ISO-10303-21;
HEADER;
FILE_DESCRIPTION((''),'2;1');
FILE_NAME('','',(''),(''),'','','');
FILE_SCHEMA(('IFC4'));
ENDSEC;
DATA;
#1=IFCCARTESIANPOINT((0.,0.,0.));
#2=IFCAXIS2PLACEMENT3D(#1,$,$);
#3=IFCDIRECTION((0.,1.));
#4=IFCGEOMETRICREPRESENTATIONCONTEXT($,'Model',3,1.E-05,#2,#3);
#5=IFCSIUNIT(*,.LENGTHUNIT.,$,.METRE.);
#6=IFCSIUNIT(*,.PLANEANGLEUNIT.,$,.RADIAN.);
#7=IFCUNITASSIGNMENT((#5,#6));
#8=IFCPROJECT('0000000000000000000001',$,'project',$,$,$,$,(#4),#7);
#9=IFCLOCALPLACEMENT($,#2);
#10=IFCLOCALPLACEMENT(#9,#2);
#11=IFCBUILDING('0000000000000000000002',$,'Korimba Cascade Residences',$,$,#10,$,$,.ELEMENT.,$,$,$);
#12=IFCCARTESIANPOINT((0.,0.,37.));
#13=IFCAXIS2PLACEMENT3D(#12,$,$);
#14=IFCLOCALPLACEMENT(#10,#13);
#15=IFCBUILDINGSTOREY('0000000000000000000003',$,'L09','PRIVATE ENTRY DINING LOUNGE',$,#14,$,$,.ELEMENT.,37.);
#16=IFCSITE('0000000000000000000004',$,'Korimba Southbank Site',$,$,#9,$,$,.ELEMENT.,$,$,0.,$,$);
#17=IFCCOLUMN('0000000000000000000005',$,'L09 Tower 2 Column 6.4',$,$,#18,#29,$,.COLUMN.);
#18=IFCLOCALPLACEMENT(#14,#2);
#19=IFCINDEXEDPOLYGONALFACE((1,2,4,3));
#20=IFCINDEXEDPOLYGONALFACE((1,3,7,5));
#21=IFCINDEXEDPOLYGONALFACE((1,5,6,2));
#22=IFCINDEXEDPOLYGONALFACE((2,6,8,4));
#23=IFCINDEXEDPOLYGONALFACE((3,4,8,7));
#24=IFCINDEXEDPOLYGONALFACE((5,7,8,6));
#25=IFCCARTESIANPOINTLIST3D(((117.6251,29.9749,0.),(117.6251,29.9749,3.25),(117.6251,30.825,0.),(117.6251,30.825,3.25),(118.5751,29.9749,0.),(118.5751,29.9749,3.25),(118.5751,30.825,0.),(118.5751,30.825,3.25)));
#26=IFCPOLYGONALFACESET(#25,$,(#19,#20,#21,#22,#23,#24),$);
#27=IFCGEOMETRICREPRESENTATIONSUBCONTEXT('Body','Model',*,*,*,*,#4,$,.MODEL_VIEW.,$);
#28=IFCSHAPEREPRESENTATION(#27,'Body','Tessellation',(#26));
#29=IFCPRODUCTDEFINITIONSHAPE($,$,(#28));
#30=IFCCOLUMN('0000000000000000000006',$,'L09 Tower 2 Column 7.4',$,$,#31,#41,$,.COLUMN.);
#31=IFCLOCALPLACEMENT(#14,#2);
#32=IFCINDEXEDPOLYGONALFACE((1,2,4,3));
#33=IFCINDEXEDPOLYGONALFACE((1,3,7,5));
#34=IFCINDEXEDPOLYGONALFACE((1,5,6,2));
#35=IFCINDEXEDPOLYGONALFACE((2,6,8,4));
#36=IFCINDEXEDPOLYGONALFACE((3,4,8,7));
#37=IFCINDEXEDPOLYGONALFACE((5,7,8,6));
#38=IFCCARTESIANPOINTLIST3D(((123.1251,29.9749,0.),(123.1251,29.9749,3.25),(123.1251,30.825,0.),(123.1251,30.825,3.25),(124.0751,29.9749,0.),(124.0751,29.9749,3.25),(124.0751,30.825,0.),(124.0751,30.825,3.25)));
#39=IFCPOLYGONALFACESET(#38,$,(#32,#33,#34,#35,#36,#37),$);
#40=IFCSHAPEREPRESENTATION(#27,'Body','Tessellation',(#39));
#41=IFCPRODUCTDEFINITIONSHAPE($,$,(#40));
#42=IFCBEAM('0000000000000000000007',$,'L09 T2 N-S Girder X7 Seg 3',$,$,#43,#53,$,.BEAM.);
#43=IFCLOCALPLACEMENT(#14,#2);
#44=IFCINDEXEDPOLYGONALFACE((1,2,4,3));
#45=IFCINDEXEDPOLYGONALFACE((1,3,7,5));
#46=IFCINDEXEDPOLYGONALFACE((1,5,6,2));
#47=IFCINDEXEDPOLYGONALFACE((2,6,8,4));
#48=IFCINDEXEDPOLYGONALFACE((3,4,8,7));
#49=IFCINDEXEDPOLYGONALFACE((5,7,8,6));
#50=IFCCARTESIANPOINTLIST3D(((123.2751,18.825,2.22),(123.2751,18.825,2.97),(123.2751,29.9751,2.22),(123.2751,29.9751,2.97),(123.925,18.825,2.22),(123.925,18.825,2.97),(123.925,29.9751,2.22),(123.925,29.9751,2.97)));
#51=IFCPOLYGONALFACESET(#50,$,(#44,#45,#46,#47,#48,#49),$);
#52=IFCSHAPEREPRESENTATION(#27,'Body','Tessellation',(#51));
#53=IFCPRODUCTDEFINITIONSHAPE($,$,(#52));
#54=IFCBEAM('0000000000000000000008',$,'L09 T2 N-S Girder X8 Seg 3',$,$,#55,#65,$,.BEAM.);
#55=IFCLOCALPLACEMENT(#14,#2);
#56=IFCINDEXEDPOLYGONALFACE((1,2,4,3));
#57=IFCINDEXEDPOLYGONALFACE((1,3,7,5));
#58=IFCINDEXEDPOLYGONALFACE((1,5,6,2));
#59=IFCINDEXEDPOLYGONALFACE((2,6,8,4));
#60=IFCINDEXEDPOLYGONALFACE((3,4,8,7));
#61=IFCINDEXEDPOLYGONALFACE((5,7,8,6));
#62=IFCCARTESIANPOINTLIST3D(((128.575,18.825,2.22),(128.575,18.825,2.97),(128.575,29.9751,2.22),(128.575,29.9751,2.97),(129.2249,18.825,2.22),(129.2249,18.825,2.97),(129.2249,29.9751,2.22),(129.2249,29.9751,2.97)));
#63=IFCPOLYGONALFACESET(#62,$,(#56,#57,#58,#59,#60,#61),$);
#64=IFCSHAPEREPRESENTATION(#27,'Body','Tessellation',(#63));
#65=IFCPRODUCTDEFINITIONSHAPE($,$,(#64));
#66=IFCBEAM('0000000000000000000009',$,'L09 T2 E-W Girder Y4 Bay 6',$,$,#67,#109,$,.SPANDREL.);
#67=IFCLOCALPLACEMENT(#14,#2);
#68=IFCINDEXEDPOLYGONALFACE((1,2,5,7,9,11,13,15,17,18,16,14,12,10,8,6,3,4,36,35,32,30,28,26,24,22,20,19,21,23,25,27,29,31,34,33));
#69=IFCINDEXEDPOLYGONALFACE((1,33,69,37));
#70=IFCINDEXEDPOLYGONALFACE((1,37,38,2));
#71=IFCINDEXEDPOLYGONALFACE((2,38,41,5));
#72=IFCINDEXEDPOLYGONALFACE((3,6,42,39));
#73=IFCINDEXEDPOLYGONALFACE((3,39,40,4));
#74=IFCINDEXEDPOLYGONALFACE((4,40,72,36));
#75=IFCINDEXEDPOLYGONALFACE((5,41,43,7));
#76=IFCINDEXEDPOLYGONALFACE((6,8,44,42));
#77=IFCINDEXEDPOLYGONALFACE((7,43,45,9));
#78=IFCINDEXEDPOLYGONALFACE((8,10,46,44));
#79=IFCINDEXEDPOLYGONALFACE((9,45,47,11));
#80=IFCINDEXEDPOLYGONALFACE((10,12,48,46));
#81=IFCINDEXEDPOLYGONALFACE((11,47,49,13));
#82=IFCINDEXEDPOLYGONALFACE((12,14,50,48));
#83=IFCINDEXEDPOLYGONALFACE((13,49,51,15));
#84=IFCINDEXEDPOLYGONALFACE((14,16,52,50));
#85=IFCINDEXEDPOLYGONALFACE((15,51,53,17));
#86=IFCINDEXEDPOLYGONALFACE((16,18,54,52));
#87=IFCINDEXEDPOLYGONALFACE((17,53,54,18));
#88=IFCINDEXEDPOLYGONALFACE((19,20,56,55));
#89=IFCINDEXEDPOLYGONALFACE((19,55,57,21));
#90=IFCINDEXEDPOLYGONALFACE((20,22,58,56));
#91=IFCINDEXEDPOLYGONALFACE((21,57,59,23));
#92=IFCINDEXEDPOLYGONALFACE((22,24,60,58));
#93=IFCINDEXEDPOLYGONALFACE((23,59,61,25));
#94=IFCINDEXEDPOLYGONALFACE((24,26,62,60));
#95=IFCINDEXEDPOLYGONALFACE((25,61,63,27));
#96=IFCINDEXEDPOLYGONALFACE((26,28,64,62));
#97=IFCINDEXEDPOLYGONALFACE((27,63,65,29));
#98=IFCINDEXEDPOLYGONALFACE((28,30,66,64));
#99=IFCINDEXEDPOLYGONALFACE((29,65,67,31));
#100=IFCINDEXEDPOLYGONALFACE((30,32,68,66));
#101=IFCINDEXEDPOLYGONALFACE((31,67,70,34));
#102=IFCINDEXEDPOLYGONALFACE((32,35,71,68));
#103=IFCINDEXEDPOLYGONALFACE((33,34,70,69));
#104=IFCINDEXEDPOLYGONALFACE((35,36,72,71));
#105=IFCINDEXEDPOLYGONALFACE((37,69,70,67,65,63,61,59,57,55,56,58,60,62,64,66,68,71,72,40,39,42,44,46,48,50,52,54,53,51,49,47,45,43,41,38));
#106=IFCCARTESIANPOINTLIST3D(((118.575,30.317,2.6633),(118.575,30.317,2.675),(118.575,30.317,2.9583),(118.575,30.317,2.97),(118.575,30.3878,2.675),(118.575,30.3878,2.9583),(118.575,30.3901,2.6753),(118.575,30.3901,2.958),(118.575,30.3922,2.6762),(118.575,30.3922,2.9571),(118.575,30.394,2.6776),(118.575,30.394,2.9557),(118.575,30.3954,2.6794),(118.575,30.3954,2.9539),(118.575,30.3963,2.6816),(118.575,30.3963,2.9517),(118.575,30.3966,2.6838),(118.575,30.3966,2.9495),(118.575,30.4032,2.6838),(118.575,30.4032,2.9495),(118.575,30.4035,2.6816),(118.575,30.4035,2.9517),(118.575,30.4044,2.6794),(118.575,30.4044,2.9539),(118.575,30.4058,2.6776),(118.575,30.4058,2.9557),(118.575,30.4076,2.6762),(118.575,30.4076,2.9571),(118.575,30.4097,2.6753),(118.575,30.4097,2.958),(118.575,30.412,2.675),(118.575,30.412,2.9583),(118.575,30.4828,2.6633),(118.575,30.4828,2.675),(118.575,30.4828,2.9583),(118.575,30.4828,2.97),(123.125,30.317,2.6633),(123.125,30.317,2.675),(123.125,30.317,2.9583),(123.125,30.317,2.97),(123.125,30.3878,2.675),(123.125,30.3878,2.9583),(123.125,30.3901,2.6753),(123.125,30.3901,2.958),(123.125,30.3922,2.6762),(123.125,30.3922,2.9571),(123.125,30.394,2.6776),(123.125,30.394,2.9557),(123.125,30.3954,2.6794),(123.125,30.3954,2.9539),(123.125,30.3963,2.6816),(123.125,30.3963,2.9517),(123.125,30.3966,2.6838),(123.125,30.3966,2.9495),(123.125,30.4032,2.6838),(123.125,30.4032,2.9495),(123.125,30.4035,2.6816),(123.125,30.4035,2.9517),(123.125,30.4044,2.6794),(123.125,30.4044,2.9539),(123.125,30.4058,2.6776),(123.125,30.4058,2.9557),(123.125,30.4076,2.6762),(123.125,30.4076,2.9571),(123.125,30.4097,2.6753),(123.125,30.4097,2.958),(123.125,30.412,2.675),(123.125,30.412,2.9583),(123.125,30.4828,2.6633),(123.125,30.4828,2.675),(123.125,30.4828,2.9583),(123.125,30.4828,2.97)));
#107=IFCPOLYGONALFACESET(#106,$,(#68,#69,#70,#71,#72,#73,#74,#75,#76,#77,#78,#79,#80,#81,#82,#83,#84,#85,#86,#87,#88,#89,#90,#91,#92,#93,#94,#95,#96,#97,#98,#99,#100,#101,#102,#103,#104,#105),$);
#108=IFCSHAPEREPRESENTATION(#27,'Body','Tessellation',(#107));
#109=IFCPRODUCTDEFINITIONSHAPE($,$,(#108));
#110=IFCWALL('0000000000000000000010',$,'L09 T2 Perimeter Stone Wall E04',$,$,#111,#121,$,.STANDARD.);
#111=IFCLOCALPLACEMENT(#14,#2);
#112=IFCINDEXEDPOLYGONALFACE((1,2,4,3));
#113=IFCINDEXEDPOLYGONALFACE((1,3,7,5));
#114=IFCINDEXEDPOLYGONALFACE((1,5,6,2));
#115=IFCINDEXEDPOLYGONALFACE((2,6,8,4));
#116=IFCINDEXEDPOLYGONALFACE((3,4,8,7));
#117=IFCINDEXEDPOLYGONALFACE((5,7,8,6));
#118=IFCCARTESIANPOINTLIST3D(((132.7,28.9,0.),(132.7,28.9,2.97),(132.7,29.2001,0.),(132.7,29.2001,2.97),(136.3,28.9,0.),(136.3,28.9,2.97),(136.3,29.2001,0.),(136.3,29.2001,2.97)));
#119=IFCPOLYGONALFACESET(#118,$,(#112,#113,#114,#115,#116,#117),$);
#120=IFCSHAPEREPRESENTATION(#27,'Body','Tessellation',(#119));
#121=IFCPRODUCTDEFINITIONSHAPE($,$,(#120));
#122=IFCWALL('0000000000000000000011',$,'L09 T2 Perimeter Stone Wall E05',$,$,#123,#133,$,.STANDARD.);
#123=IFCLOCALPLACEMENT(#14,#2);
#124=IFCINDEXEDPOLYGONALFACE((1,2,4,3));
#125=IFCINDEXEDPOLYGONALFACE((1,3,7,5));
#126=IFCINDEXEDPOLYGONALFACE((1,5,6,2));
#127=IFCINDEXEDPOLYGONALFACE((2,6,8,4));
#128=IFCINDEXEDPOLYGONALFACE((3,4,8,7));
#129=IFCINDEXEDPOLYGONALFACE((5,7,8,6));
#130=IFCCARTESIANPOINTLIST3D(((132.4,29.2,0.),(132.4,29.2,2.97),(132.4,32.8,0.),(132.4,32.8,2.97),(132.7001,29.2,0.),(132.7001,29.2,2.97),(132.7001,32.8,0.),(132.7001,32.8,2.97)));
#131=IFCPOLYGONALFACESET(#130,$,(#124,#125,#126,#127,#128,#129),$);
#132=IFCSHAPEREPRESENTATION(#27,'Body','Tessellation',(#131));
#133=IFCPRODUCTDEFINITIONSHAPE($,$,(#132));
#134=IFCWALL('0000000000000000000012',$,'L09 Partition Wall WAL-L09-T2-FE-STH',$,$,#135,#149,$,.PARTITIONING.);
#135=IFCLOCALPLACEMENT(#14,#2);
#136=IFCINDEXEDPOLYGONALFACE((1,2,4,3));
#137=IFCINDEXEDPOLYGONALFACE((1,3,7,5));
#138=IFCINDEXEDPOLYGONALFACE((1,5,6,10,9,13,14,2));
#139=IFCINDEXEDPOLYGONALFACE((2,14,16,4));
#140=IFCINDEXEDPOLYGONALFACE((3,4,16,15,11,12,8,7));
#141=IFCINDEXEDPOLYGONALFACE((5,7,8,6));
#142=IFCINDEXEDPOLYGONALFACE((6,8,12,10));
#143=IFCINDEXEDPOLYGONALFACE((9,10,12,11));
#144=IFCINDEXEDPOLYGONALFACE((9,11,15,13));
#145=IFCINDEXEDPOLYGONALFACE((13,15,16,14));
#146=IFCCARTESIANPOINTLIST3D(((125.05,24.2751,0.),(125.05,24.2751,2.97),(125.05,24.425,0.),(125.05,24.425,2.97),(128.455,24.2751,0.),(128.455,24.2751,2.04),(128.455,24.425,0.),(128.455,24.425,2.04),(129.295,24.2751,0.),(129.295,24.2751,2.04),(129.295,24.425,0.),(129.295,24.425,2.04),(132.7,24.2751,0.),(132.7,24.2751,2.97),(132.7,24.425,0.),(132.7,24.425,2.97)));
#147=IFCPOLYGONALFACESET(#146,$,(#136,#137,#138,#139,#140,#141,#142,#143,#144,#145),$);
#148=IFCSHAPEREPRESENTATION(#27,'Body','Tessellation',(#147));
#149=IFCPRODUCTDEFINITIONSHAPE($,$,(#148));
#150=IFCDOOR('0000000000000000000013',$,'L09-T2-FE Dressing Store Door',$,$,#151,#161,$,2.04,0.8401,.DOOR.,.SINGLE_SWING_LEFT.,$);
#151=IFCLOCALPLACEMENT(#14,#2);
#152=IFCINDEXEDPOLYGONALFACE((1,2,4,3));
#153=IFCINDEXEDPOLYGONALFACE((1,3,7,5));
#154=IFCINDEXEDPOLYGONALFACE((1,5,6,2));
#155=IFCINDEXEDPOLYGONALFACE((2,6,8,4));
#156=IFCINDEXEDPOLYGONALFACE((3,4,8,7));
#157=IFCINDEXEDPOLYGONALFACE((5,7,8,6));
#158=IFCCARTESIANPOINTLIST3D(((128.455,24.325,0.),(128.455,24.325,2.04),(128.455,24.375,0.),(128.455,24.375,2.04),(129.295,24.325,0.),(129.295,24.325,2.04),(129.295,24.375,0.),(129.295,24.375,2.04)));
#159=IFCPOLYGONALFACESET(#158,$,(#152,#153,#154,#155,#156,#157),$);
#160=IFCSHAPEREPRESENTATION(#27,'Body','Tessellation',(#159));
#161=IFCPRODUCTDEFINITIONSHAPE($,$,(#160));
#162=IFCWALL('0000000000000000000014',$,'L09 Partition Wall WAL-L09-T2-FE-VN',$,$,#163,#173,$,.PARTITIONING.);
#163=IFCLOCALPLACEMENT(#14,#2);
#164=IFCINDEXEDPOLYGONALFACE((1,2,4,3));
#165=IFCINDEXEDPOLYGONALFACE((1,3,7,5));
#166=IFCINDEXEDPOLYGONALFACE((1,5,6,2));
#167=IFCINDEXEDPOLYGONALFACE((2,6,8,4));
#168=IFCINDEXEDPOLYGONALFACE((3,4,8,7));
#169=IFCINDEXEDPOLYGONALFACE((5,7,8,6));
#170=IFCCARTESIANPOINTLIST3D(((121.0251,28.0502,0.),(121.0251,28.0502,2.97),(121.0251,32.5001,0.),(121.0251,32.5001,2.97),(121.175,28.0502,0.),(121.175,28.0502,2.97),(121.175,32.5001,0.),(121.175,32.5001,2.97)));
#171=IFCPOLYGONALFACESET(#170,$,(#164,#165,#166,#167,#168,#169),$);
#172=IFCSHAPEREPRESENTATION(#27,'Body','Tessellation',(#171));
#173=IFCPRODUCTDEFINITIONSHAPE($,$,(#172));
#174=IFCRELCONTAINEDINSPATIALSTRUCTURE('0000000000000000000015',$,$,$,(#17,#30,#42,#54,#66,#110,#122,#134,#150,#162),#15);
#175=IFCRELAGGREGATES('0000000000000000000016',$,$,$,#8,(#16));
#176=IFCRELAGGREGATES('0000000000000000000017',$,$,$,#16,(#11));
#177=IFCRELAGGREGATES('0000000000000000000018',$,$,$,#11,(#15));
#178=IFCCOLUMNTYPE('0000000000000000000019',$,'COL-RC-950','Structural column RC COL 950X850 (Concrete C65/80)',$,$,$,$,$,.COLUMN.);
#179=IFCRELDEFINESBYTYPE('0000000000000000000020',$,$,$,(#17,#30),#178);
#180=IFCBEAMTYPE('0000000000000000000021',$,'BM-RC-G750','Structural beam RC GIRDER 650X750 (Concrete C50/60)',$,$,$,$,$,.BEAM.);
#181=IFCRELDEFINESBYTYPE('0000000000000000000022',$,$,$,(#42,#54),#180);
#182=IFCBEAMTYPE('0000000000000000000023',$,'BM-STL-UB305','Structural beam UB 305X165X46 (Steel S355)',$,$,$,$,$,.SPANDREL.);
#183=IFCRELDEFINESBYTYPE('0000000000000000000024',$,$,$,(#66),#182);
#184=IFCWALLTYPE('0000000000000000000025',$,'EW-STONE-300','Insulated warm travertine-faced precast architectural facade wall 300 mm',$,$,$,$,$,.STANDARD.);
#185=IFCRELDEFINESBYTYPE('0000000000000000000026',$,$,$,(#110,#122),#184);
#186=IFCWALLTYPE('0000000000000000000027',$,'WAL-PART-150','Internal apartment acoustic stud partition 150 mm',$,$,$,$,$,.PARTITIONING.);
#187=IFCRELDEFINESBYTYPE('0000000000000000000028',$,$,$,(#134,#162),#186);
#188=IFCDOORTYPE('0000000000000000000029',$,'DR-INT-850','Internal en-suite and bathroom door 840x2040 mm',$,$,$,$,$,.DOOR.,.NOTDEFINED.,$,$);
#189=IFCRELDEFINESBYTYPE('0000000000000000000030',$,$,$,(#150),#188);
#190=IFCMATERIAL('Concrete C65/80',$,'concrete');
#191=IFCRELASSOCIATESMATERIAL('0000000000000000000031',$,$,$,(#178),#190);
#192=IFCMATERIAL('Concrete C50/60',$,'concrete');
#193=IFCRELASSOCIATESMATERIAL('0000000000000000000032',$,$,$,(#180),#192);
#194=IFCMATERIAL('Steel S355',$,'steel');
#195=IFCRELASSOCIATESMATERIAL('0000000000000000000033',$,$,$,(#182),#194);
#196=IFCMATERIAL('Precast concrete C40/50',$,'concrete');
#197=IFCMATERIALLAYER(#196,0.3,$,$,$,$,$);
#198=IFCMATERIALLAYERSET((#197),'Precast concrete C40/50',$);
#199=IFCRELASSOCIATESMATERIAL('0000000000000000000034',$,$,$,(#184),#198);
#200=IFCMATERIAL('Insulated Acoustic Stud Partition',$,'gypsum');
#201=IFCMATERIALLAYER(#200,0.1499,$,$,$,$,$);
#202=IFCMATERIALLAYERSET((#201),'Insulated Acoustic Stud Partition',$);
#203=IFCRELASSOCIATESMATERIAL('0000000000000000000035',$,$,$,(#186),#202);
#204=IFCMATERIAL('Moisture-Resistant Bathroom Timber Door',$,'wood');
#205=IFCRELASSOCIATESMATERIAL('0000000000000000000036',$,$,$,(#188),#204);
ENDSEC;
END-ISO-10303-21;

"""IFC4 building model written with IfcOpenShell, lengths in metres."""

from ifc_helpers import new_model, si_unit, direction, frame, frame_2d, origin, origin_2d, place, context, subcontext, project, spatial, rectangle, i_section, extrude, material, layer, layer_set, material_profile, profile_set, type_object, element, fill, save


model = new_model("IFC4")

# Units and contexts
model_context = context("Model", 3, precision=1e-05, world=origin(), true_north=direction((0.0, 1.0)))
body_context = subcontext(model_context, "Body", "Model", "MODEL_VIEW")
ifc_project = project(units=[si_unit("LENGTHUNIT", "METRE"), si_unit("PLANEANGLEUNIT", "RADIAN")], contexts=[model_context])

# Site, building, storey
site_placement = place(None, origin())
site = spatial("IfcSite", under=ifc_project, at=site_placement, Name="Korimba Southbank Site", CompositionType="ELEMENT", RefElevation=0.0)
building_placement = place(site_placement, origin())
building = spatial("IfcBuilding", under=site, at=building_placement, Name="Korimba Cascade Residences", CompositionType="ELEMENT")
storey_placement = place(building_placement, frame((0.0, 0.0, 37.0)))
storey = spatial("IfcBuildingStorey", under=building, at=storey_placement, Name="L09", Description="PRIVATE ENTRY DINING LOUNGE", CompositionType="ELEMENT", Elevation=37.0)

# Columns
ifc_material_1 = material(Name="Concrete C65/80", Category="concrete")
ifc_material_profile_1 = material_profile(ifc_material_1, rectangle(XDim=0.95, YDim=0.8501, at=origin_2d()), Name="Concrete C65/80")
ifc_profile_set_1 = profile_set([ifc_material_profile_1], Name="Concrete C65/80")
column_type = type_object("IfcColumnType", Name="COL-RC-950", Description="Structural column RC COL 950X850 (Concrete C65/80)", PredefinedType="COLUMN", material=ifc_profile_set_1)
for number, where, z_axis, x_axis, name in (
    (1, (118.1001, 30.3999, 0.0), (0.0, 0.0, 1.0), (1.0, 0.0, 0.0), "L09 Tower 2 Column 6.4"),
    (2, (123.6001, 30.3999, 0.0), (0.0, 0.0, 1.0), (1.0, 0.0, 0.0), "L09 Tower 2 Column 7.4"),
):
    element("IfcColumn", number, at=place(storey_placement, frame(where, z_axis=z_axis, x_axis=x_axis)), inside=storey, type_object=column_type, Name=name, PredefinedType="COLUMN", context=body_context, shape_type="SweptSolid", body=[
        extrude(rectangle(XDim=0.95, YDim=0.8501, at=origin_2d()), origin(), (0.0, 0.0, 1.0), 3.25),
    ])

# Beams
ifc_material_2 = material(Name="Concrete C50/60", Category="concrete")
ifc_material_profile_2 = material_profile(ifc_material_2, rectangle(XDim=0.6499, YDim=0.75, at=origin_2d()), Name="Concrete C50/60")
ifc_profile_set_2 = profile_set([ifc_material_profile_2], Name="Concrete C50/60")
beam_type_1 = type_object("IfcBeamType", Name="BM-RC-G750", Description="Structural beam RC GIRDER 650X750 (Concrete C50/60)", PredefinedType="BEAM", material=ifc_profile_set_2)
for number, where, z_axis, x_axis, name in (
    (3, (123.6001, 18.825, 2.595), (0.0, 1.0, 0.0), (-1.0, 0.0, 0.0), "L09 T2 N-S Girder X7 Seg 3"),
    (4, (128.8999, 18.825, 2.595), (0.0, 1.0, 0.0), (-1.0, 0.0, 0.0), "L09 T2 N-S Girder X8 Seg 3"),
):
    element("IfcBeam", number, at=place(storey_placement, frame(where, z_axis=z_axis, x_axis=x_axis)), inside=storey, type_object=beam_type_1, Name=name, PredefinedType="BEAM", context=body_context, shape_type="SweptSolid", body=[
        extrude(rectangle(XDim=0.6499, YDim=0.75, at=origin_2d()), origin(), (0.0, 0.0, 1.0), 11.1501),
    ])
ifc_material_3 = material(Name="Steel S355", Category="steel")
ifc_material_profile_3 = material_profile(ifc_material_3, i_section(OverallWidth=0.1658, OverallDepth=0.3066, WebThickness=0.0066, FlangeThickness=0.0117, FilletRadius=0.0088, at=origin_2d()), Name="Steel S355")
ifc_profile_set_3 = profile_set([ifc_material_profile_3], Name="Steel S355")
beam_type_2 = type_object("IfcBeamType", Name="BM-STL-UB305", Description="Structural beam UB 305X165X46 (Steel S355)", PredefinedType="SPANDREL", material=ifc_profile_set_3)
beam_placement = place(storey_placement, frame((118.575, 30.3999, 2.8167), z_axis=(1.0, 0.0, 0.0), x_axis=(0.0, 1.0, 0.0)))
element("IfcBeam", 5, at=beam_placement, inside=storey, type_object=beam_type_2, Name="L09 T2 E-W Girder Y4 Bay 6", PredefinedType="SPANDREL", context=body_context, shape_type="SweptSolid", body=[
    extrude(i_section(OverallWidth=0.1658, OverallDepth=0.3066, WebThickness=0.0066, FlangeThickness=0.0117, FilletRadius=0.0088, at=origin_2d()), origin(), (0.0, 0.0, 1.0), 4.55),
])

# Walls
ifc_material_4 = material(Name="Precast concrete C40/50", Category="concrete")
ifc_layer_1 = layer(ifc_material_4, 0.3)
ifc_layer_set_1 = layer_set([ifc_layer_1], Name="Precast concrete C40/50")
wall_type_1 = type_object("IfcWallType", Name="EW-STONE-300", Description="Insulated warm travertine-faced precast architectural facade wall 300 mm", PredefinedType="STANDARD", material=ifc_layer_set_1)
for number, where, z_axis, x_axis, name in (
    (6, (136.3, 29.05, 0.0), (0.0, 0.0, 1.0), (-1.0, 0.0, 0.0), "L09 T2 Perimeter Stone Wall E04"),
    (7, (132.55, 29.2, 0.0), (0.0, 0.0, 1.0), (0.0, 1.0, 0.0), "L09 T2 Perimeter Stone Wall E05"),
):
    element("IfcWall", number, at=place(storey_placement, frame(where, z_axis=z_axis, x_axis=x_axis)), inside=storey, type_object=wall_type_1, Name=name, PredefinedType="STANDARD", context=body_context, shape_type="SweptSolid", body=[
        extrude(rectangle(XDim=3.6001, YDim=0.3, at=frame_2d((1.8, 0.0))), origin(), (0.0, 0.0, 1.0), 2.97),
    ])

# Wall, opening, door
ifc_material_5 = material(Name="Insulated Acoustic Stud Partition", Category="gypsum")
ifc_layer_2 = layer(ifc_material_5, 0.1499)
ifc_layer_set_2 = layer_set([ifc_layer_2], Name="Insulated Acoustic Stud Partition")
wall_type_2 = type_object("IfcWallType", Name="WAL-PART-150", Description="Internal apartment acoustic stud partition 150 mm", PredefinedType="PARTITIONING", material=ifc_layer_set_2)
wall_1_placement = place(storey_placement, frame((125.05, 24.3501, 0.0), z_axis=(0.0, 0.0, 1.0), x_axis=(1.0, 0.0, 0.0)))
wall_1 = element("IfcWall", 8, at=wall_1_placement, inside=storey, type_object=wall_type_2, Name="L09 Partition Wall WAL-L09-T2-FE-STH", PredefinedType="PARTITIONING", context=body_context, shape_type="SweptSolid", body=[
    extrude(rectangle(XDim=7.6499, YDim=0.1499, at=frame_2d((3.825, 0.0))), origin(), (0.0, 0.0, 1.0), 2.97),
])
opening_1_placement = place(wall_1_placement, frame((3.405, 0.0, 0.0)))
opening_1 = element("IfcOpeningElement", 9, at=opening_1_placement, cuts=wall_1, PredefinedType="OPENING", context=body_context, shape_type="SweptSolid", body=[
    extrude(rectangle(XDim=0.8401, YDim=2.04, at=frame_2d((0.4199, 1.02))), frame((0.0, 0.085, 0.0), z_axis=(0.0, -1.0, 0.0), x_axis=(1.0, 0.0, 0.0)), (0.0, 0.0, 1.0), 0.1699),
])
ifc_material_6 = material(Name="Moisture-Resistant Bathroom Timber Door", Category="wood")
door_type_1 = type_object("IfcDoorType", Name="DR-INT-850", Description="Internal en-suite and bathroom door 840x2040 mm", OperationType="NOTDEFINED", PredefinedType="DOOR", material=ifc_material_6)
door_1_placement = place(opening_1_placement, origin())
door_1 = element("IfcDoor", 10, at=door_1_placement, inside=storey, type_object=door_type_1, Name="L09-T2-FE Dressing Store Door", OperationType="SINGLE_SWING_LEFT", OverallHeight=2.04, OverallWidth=0.8401, PredefinedType="DOOR", context=body_context, shape_type="SweptSolid", body=[
    extrude(rectangle(XDim=0.8401, YDim=2.04, at=frame_2d((0.4199, 1.02))), frame((0.0, 0.0249, 0.0), z_axis=(0.0, -1.0, 0.0), x_axis=(1.0, 0.0, 0.0)), (0.0, 0.0, 1.0), 0.05),
])
fill(opening_1, door_1)

# Wall
wall_2_placement = place(storey_placement, frame((121.1001, 28.05, 0.0), z_axis=(0.0, 0.0, 1.0), x_axis=(0.0, 1.0, 0.0)))
element("IfcWall", 11, at=wall_2_placement, inside=storey, type_object=wall_type_2, Name="L09 Partition Wall WAL-L09-T2-FE-VN", PredefinedType="PARTITIONING", context=body_context, shape_type="SweptSolid", body=[
    extrude(rectangle(XDim=4.45, YDim=0.1499, at=frame_2d((2.2251, 0.0))), origin(), (0.0, 0.0, 1.0), 2.97),
])

save(model, "model.ifc")
